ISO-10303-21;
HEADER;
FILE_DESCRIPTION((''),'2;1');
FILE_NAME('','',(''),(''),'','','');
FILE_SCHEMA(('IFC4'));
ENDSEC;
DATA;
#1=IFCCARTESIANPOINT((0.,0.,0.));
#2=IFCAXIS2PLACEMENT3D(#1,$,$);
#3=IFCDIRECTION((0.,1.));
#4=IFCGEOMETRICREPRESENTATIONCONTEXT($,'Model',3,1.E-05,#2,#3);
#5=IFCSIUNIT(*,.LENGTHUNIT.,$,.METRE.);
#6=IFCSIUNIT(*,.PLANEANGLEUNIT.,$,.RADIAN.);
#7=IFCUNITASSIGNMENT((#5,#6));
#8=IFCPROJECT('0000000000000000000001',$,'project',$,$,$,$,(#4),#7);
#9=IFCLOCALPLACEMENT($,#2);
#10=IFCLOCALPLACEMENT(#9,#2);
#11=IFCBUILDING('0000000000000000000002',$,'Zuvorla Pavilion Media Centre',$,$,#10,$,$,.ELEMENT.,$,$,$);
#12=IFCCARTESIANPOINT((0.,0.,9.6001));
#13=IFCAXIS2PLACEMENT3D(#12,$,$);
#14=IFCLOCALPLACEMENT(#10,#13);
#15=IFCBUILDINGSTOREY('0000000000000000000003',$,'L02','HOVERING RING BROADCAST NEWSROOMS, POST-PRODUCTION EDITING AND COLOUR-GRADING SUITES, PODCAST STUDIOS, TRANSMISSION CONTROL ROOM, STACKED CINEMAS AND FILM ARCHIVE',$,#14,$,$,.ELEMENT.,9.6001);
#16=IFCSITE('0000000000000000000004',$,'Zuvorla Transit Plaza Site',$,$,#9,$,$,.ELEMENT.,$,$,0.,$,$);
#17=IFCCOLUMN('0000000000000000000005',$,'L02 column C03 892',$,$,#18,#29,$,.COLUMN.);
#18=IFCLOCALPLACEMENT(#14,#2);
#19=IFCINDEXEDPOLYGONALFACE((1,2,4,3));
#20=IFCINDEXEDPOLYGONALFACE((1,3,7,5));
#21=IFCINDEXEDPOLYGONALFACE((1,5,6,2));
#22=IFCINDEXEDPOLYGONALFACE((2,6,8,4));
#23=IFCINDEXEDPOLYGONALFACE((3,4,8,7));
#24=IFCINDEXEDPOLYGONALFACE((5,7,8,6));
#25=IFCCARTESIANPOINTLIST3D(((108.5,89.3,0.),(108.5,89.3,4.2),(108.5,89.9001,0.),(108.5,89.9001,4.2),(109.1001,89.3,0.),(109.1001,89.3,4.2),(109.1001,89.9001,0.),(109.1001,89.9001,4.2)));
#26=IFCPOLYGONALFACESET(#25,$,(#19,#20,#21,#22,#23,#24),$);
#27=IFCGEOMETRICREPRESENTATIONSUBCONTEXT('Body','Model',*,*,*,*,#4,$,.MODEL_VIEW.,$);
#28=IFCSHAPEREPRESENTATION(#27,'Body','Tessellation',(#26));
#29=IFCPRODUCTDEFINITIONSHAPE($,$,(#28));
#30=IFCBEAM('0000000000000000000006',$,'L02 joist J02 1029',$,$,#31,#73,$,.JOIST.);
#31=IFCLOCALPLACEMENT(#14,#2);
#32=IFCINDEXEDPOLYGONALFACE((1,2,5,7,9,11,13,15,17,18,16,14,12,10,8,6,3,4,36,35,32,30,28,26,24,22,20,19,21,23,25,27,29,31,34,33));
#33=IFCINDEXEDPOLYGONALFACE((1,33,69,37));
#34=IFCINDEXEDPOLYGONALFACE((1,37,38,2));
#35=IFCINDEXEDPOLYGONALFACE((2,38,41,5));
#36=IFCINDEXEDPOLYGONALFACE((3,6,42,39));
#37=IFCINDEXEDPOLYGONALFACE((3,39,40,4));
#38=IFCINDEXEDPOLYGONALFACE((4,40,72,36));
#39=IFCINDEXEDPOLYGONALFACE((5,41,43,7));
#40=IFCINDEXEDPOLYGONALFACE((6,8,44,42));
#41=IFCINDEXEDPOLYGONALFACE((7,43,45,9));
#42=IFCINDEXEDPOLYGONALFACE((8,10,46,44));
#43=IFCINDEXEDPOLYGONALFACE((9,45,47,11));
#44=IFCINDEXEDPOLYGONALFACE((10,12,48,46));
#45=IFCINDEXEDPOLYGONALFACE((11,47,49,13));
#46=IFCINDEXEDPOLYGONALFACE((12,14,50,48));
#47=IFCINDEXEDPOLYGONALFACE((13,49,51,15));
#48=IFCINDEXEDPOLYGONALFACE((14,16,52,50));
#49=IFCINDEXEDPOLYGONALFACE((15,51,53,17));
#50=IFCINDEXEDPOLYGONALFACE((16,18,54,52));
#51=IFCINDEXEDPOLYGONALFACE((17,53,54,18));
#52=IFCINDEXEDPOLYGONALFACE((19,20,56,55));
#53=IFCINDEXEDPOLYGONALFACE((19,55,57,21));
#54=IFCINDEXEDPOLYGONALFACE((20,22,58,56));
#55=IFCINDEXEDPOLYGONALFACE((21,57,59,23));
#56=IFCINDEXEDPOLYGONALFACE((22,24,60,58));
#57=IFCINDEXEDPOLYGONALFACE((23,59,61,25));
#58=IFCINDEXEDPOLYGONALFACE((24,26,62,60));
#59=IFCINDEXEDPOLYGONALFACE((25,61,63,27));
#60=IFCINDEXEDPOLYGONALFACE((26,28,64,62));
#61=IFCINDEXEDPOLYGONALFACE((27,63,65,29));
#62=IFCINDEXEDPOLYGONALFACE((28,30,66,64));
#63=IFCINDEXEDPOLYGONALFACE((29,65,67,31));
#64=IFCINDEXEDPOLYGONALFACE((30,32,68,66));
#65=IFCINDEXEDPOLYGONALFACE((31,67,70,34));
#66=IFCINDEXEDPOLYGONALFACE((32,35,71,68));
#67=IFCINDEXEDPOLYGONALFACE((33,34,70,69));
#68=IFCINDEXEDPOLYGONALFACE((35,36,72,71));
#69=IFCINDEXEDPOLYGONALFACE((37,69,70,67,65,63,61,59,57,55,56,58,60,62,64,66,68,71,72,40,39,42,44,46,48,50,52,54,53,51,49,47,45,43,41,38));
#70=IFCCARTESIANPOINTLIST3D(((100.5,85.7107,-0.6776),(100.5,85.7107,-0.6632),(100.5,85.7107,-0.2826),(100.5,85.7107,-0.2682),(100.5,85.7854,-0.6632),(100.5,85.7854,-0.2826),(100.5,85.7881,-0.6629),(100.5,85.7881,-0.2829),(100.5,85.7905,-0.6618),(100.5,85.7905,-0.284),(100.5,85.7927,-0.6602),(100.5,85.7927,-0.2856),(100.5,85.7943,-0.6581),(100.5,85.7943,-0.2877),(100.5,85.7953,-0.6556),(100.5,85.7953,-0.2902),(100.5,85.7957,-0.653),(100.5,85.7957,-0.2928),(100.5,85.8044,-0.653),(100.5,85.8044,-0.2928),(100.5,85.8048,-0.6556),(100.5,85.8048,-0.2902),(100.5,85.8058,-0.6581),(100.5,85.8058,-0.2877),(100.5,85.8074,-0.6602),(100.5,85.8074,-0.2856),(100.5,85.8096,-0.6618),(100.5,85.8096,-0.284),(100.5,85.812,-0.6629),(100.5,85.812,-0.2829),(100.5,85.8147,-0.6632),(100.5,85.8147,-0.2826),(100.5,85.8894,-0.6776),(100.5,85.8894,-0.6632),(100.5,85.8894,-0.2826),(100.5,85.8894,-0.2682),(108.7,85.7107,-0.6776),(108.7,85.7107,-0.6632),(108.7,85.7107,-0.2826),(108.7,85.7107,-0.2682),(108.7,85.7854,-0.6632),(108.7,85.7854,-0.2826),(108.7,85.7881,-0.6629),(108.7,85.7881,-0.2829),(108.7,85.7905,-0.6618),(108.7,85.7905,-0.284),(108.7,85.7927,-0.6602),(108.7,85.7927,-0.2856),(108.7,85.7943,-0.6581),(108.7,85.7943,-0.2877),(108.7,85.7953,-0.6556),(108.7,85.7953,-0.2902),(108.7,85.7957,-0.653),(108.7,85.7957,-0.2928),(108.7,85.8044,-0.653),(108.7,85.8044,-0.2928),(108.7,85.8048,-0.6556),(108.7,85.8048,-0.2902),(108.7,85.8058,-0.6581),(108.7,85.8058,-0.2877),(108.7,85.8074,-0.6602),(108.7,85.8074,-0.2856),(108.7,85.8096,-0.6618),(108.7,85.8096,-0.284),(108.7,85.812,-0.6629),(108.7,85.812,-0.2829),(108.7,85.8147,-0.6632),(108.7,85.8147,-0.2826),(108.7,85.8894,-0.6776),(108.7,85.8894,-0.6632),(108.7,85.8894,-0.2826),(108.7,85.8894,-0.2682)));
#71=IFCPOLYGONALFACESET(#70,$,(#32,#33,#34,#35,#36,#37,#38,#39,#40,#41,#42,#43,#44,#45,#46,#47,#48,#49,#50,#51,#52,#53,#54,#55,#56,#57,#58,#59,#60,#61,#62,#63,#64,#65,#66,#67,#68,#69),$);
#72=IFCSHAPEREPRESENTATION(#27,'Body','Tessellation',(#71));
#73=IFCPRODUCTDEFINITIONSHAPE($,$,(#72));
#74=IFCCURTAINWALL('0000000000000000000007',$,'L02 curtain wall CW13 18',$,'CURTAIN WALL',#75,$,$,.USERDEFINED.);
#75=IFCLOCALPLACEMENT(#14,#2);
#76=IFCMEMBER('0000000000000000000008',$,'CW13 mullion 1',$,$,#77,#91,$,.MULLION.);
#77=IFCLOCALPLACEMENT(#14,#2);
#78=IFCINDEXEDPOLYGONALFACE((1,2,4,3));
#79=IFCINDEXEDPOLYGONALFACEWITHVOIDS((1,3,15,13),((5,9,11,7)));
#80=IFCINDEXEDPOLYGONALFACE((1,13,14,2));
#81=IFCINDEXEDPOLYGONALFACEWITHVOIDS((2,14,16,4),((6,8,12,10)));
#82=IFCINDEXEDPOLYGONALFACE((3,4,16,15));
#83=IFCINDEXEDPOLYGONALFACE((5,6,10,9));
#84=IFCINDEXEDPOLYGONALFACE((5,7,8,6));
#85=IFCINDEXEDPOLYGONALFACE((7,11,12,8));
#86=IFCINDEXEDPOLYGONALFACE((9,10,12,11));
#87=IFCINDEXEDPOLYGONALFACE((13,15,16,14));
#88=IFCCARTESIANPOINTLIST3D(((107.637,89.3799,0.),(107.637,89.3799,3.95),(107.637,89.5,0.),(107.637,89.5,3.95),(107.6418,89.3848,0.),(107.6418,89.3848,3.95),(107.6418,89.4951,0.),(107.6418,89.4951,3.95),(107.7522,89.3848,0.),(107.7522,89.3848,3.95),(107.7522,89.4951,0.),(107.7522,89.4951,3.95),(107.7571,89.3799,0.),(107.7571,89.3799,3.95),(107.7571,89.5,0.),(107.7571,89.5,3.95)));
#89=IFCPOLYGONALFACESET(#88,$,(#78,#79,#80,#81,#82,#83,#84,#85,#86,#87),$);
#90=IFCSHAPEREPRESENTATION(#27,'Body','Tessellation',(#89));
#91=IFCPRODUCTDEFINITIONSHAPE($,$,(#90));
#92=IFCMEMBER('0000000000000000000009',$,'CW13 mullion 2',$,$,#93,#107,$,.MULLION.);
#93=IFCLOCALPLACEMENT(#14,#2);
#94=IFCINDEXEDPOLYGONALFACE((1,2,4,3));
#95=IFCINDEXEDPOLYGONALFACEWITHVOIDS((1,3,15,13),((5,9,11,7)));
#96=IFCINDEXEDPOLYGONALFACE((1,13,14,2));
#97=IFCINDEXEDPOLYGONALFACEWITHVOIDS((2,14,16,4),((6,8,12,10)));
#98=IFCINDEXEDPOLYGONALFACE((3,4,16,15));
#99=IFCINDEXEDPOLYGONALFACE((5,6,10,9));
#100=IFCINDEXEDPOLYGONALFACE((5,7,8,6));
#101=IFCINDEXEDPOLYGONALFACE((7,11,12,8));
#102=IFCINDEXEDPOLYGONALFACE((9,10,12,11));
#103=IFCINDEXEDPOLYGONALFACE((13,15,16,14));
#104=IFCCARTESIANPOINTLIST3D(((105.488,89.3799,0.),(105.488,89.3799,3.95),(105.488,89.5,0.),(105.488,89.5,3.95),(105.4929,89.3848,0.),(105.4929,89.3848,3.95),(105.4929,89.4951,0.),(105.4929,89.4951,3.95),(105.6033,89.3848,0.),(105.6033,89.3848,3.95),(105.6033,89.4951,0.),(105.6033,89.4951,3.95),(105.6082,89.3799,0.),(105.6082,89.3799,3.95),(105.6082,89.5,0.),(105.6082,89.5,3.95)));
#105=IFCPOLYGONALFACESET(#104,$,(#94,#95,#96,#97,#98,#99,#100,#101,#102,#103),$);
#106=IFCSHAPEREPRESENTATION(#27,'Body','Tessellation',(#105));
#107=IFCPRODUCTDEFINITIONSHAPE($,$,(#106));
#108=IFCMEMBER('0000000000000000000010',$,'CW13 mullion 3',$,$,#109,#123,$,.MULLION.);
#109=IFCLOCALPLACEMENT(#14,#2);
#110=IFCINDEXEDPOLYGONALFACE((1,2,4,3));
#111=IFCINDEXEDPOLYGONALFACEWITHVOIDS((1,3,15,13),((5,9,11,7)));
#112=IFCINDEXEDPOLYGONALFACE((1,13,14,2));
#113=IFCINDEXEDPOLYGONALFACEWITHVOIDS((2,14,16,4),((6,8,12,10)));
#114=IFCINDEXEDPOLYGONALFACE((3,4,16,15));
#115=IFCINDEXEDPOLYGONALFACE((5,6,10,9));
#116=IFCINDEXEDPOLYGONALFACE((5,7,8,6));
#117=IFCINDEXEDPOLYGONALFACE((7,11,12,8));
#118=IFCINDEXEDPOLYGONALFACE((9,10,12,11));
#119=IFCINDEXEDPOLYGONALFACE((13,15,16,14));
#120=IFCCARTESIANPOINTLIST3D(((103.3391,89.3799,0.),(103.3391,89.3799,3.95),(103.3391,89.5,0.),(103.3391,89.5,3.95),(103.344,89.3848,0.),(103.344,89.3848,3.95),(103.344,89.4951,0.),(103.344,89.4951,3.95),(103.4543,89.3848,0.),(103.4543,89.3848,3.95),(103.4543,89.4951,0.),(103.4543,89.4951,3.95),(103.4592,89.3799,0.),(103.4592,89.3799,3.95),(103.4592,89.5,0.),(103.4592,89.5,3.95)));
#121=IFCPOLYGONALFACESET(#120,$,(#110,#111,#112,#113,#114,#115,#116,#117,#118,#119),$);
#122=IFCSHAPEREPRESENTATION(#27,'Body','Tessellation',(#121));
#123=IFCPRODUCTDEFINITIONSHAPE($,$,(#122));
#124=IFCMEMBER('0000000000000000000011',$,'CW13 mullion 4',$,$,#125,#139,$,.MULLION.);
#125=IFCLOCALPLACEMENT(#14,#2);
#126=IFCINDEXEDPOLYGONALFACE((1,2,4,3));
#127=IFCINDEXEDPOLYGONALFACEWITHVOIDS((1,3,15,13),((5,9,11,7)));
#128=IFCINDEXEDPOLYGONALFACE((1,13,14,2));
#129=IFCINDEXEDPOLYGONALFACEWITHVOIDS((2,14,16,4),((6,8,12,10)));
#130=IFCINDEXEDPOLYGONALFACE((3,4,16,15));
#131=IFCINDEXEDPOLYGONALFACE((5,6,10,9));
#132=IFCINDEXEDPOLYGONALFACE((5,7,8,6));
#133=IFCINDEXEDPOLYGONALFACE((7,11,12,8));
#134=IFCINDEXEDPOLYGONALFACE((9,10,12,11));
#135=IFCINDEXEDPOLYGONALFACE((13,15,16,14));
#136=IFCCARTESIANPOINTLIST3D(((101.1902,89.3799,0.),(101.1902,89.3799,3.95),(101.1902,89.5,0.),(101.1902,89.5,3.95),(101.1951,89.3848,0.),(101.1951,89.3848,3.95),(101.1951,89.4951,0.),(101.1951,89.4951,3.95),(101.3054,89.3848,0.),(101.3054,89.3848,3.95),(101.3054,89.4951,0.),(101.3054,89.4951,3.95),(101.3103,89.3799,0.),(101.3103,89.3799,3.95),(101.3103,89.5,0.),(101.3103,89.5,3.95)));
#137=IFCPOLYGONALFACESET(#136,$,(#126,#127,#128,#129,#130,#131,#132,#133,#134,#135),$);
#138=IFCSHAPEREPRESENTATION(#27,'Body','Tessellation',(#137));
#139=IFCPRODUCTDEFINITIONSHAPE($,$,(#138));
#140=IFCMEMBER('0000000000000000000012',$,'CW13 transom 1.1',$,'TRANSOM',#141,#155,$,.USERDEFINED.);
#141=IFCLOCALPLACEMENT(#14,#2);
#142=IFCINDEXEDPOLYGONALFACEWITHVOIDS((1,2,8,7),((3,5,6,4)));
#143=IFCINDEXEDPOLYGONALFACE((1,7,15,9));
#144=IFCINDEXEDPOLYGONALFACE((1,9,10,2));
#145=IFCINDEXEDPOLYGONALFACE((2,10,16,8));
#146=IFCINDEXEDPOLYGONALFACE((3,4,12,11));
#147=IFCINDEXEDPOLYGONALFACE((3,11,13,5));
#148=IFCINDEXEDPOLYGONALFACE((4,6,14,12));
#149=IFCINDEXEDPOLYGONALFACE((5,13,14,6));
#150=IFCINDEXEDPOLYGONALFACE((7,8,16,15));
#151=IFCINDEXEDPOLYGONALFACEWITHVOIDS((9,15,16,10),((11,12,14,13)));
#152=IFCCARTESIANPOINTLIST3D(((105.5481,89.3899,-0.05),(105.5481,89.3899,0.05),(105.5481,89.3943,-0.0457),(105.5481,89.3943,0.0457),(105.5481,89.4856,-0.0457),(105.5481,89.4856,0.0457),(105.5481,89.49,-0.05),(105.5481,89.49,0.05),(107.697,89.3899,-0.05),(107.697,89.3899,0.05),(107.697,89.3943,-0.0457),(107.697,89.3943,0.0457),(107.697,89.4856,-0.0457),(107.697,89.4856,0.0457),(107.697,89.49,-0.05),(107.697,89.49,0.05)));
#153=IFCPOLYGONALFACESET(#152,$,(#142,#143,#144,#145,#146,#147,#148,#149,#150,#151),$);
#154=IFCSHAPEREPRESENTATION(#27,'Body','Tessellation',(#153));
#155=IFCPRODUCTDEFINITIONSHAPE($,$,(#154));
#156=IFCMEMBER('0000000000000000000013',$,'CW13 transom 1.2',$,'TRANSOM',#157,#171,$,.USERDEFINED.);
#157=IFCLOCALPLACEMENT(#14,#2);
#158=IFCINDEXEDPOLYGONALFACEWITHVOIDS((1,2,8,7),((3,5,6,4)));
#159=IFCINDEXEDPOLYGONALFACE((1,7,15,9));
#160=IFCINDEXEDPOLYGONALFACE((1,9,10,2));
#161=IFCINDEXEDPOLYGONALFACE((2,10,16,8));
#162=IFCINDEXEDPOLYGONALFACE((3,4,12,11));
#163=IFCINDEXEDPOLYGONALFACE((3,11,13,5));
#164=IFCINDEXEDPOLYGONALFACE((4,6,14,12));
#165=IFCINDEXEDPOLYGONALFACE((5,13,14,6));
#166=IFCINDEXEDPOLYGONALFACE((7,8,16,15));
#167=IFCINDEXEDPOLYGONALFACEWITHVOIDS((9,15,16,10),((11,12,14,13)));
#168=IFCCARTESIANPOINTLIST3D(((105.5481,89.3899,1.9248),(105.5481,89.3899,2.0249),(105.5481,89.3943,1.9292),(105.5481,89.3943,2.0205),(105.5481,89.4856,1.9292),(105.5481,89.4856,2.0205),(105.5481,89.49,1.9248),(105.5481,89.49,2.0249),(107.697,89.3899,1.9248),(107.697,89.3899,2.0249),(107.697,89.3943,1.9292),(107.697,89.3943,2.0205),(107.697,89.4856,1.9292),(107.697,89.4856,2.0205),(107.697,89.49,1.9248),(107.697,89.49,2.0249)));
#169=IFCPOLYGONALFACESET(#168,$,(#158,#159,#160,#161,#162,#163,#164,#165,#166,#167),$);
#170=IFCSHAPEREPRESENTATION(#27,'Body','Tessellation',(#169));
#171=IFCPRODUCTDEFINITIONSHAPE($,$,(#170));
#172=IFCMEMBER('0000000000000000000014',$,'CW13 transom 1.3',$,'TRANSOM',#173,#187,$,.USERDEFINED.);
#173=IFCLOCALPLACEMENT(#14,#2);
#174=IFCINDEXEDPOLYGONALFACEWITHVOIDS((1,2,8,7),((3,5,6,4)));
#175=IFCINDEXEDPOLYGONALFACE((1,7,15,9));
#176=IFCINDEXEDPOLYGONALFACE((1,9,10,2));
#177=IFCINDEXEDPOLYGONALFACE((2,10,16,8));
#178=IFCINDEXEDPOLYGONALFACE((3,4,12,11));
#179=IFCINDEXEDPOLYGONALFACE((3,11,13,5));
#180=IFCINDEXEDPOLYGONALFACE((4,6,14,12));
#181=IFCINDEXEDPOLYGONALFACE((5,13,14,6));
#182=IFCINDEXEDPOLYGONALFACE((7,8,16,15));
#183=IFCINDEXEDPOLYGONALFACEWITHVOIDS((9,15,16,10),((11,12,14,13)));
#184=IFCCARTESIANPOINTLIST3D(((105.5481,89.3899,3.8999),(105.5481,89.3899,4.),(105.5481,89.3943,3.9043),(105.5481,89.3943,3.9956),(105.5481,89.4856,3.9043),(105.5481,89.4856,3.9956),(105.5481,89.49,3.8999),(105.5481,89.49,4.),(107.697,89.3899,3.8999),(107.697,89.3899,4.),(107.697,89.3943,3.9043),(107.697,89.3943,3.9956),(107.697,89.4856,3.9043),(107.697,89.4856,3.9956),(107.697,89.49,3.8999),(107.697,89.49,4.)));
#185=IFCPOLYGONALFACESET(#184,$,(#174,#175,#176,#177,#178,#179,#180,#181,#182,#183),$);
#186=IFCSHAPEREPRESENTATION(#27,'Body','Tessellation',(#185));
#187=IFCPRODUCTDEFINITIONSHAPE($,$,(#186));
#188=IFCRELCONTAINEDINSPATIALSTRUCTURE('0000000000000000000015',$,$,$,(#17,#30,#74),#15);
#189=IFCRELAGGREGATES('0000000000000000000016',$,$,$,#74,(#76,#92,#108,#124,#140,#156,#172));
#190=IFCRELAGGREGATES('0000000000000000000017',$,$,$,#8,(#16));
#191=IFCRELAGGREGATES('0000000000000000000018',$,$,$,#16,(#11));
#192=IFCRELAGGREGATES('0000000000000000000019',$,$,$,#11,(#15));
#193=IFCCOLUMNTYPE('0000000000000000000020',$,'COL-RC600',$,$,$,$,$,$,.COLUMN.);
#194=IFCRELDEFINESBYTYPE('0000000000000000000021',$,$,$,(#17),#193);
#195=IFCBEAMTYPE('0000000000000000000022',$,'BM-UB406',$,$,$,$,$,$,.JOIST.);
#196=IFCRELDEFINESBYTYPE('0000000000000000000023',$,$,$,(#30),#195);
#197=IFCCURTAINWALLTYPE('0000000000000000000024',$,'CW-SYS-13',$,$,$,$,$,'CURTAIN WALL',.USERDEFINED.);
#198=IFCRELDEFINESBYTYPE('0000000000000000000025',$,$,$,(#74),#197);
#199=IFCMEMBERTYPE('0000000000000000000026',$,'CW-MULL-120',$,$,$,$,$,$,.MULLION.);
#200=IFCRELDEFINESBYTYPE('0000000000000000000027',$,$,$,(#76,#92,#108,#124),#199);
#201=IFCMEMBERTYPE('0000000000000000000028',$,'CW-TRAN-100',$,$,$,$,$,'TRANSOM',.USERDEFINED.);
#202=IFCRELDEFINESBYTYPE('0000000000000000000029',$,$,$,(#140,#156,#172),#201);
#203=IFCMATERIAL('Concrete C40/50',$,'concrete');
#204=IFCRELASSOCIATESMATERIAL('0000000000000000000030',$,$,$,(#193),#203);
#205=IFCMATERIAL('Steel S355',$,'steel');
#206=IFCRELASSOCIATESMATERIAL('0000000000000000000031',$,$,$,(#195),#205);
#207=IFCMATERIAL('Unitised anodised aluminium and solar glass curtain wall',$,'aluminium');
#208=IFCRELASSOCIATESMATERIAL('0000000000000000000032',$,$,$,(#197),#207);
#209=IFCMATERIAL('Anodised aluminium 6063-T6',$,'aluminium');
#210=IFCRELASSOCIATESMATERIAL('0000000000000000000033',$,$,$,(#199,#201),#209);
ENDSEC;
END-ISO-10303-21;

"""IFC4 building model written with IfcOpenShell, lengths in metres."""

from ifc_helpers import new_model, si_unit, direction, frame, origin, origin_2d, place, context, subcontext, project, spatial, rectangle, hollow_rectangle, i_section, extrude, material, material_profile, profile_set, type_object, element, aggregate, save


model = new_model("IFC4")

# Units and contexts
model_context = context("Model", 3, precision=1e-05, world=origin(), true_north=direction((0.0, 1.0)))
body_context = subcontext(model_context, "Body", "Model", "MODEL_VIEW")
ifc_project = project(units=[si_unit("LENGTHUNIT", "METRE"), si_unit("PLANEANGLEUNIT", "RADIAN")], contexts=[model_context])

# Site, building, storey
site_placement = place(None, origin())
site = spatial("IfcSite", under=ifc_project, at=site_placement, Name="Zuvorla Transit Plaza Site", CompositionType="ELEMENT", RefElevation=0.0)
building_placement = place(site_placement, origin())
building = spatial("IfcBuilding", under=site, at=building_placement, Name="Zuvorla Pavilion Media Centre", CompositionType="ELEMENT")
storey_placement = place(building_placement, frame((0.0, 0.0, 9.6001)))
storey = spatial("IfcBuildingStorey", under=building, at=storey_placement, Name="L02", Description="HOVERING RING BROADCAST NEWSROOMS, POST-PRODUCTION EDITING AND COLOUR-GRADING SUITES, PODCAST STUDIOS, TRANSMISSION CONTROL ROOM, STACKED CINEMAS AND FILM ARCHIVE", CompositionType="ELEMENT", Elevation=9.6001)

# Column
ifc_material_1 = material(Name="Concrete C40/50", Category="concrete")
ifc_material_profile_1 = material_profile(ifc_material_1, rectangle(XDim=0.6001, YDim=0.6001, at=origin_2d()), Name="RC 600x600")
ifc_profile_set_1 = profile_set([ifc_material_profile_1], Name="Concrete C40/50")
column_type = type_object("IfcColumnType", Name="COL-RC600", PredefinedType="COLUMN", material=ifc_profile_set_1)
column_placement = place(storey_placement, frame((108.8, 89.6001, 0.0), z_axis=(0.0, 0.0, 1.0), x_axis=(1.0, 0.0, 0.0)))
element("IfcColumn", 1, at=column_placement, inside=storey, type_object=column_type, Name="L02 column C03 892", PredefinedType="COLUMN", context=body_context, shape_type="SweptSolid", body=[
    extrude(rectangle(XDim=0.6001, YDim=0.6001, at=origin_2d()), origin(), (0.0, 0.0, 1.0), 4.2),
])

# Beam
ifc_material_2 = material(Name="Steel S355", Category="steel")
ifc_material_profile_2 = material_profile(ifc_material_2, i_section(OverallWidth=0.1787, OverallDepth=0.4094, WebThickness=0.0088, FlangeThickness=0.0144, FilletRadius=0.0103, at=origin_2d()), Name="UB 406x178x67")
ifc_profile_set_2 = profile_set([ifc_material_profile_2], Name="Steel S355")
beam_type = type_object("IfcBeamType", Name="BM-UB406", PredefinedType="JOIST", material=ifc_profile_set_2)
beam_placement = place(storey_placement, frame((100.5, 85.8, -0.4729), z_axis=(1.0, 0.0, 0.0), x_axis=(0.0, 1.0, 0.0)))
element("IfcBeam", 2, at=beam_placement, inside=storey, type_object=beam_type, Name="L02 joist J02 1029", PredefinedType="JOIST", context=body_context, shape_type="SweptSolid", body=[
    extrude(i_section(OverallWidth=0.1787, OverallDepth=0.4094, WebThickness=0.0088, FlangeThickness=0.0144, FilletRadius=0.0103, at=origin_2d()), origin(), (0.0, 0.0, 1.0), 8.2),
])

# Curtain wall, members
ifc_material_3 = material(Name="Unitised anodised aluminium and solar glass curtain wall", Category="aluminium")
curtain_wall_type = type_object("IfcCurtainWallType", Name="CW-SYS-13", ElementType="CURTAIN WALL", PredefinedType="USERDEFINED", material=ifc_material_3)
curtain_wall_placement = place(storey_placement, origin())
curtain_wall = element("IfcCurtainWall", 3, at=curtain_wall_placement, inside=storey, type_object=curtain_wall_type, Name="L02 curtain wall CW13 18", ObjectType="CURTAIN WALL", PredefinedType="USERDEFINED")
ifc_material_4 = material(Name="Anodised aluminium 6063-T6", Category="aluminium")
ifc_material_profile_3 = material_profile(ifc_material_4, hollow_rectangle(XDim=0.1201, YDim=0.1201, WallThickness=0.0049, at=origin_2d()), Name="ALU MULL 120x120")
ifc_profile_set_3 = profile_set([ifc_material_profile_3], Name="Anodised aluminium 6063-T6")
member_type_1 = type_object("IfcMemberType", Name="CW-MULL-120", PredefinedType="MULLION", material=ifc_profile_set_3)
member_1_placement = place(storey_placement, frame((107.697, 89.4399, 0.0), z_axis=(0.0, 0.0, 1.0), x_axis=(1.0, 0.0, 0.0)))
member_1 = element("IfcMember", 4, at=member_1_placement, type_object=member_type_1, Name="CW13 mullion 1", PredefinedType="MULLION", context=body_context, shape_type="SweptSolid", body=[
    extrude(hollow_rectangle(XDim=0.1201, YDim=0.1201, WallThickness=0.0049, at=origin_2d()), origin(), (0.0, 0.0, 1.0), 3.95),
])
member_2_placement = place(storey_placement, frame((105.5481, 89.4399, 0.0), z_axis=(0.0, 0.0, 1.0), x_axis=(1.0, 0.0, 0.0)))
member_2 = element("IfcMember", 5, at=member_2_placement, type_object=member_type_1, Name="CW13 mullion 2", PredefinedType="MULLION", context=body_context, shape_type="SweptSolid", body=[
    extrude(hollow_rectangle(XDim=0.1201, YDim=0.1201, WallThickness=0.0049, at=origin_2d()), origin(), (0.0, 0.0, 1.0), 3.95),
])
member_3_placement = place(storey_placement, frame((103.3992, 89.4399, 0.0), z_axis=(0.0, 0.0, 1.0), x_axis=(1.0, 0.0, 0.0)))
member_3 = element("IfcMember", 6, at=member_3_placement, type_object=member_type_1, Name="CW13 mullion 3", PredefinedType="MULLION", context=body_context, shape_type="SweptSolid", body=[
    extrude(hollow_rectangle(XDim=0.1201, YDim=0.1201, WallThickness=0.0049, at=origin_2d()), origin(), (0.0, 0.0, 1.0), 3.95),
])
member_4_placement = place(storey_placement, frame((101.2502, 89.4399, 0.0), z_axis=(0.0, 0.0, 1.0), x_axis=(1.0, 0.0, 0.0)))
member_4 = element("IfcMember", 7, at=member_4_placement, type_object=member_type_1, Name="CW13 mullion 4", PredefinedType="MULLION", context=body_context, shape_type="SweptSolid", body=[
    extrude(hollow_rectangle(XDim=0.1201, YDim=0.1201, WallThickness=0.0049, at=origin_2d()), origin(), (0.0, 0.0, 1.0), 3.95),
])
ifc_material_profile_4 = material_profile(ifc_material_4, hollow_rectangle(XDim=0.1001, YDim=0.1001, WallThickness=0.0044, at=origin_2d()), Name="ALU TRAN 100x100")
ifc_profile_set_4 = profile_set([ifc_material_profile_4], Name="Anodised aluminium 6063-T6")
member_type_2 = type_object("IfcMemberType", Name="CW-TRAN-100", ElementType="TRANSOM", PredefinedType="USERDEFINED", material=ifc_profile_set_4)
member_5_placement = place(storey_placement, frame((107.697, 89.4399, 0.0), z_axis=(-1.0, 0.0, 0.0), x_axis=(0.0, -1.0, 0.0)))
member_5 = element("IfcMember", 8, at=member_5_placement, type_object=member_type_2, Name="CW13 transom 1.1", ObjectType="TRANSOM", PredefinedType="USERDEFINED", context=body_context, shape_type="SweptSolid", body=[
    extrude(hollow_rectangle(XDim=0.1001, YDim=0.1001, WallThickness=0.0044, at=origin_2d()), origin(), (0.0, 0.0, 1.0), 2.1489),
])
member_6_placement = place(storey_placement, frame((107.697, 89.4399, 1.9749), z_axis=(-1.0, 0.0, 0.0), x_axis=(0.0, -1.0, 0.0)))
member_6 = element("IfcMember", 9, at=member_6_placement, type_object=member_type_2, Name="CW13 transom 1.2", ObjectType="TRANSOM", PredefinedType="USERDEFINED", context=body_context, shape_type="SweptSolid", body=[
    extrude(hollow_rectangle(XDim=0.1001, YDim=0.1001, WallThickness=0.0044, at=origin_2d()), origin(), (0.0, 0.0, 1.0), 2.1489),
])
member_7_placement = place(storey_placement, frame((107.697, 89.4399, 3.95), z_axis=(-1.0, 0.0, 0.0), x_axis=(0.0, -1.0, 0.0)))
member_7 = element("IfcMember", 10, at=member_7_placement, type_object=member_type_2, Name="CW13 transom 1.3", ObjectType="TRANSOM", PredefinedType="USERDEFINED", context=body_context, shape_type="SweptSolid", body=[
    extrude(hollow_rectangle(XDim=0.1001, YDim=0.1001, WallThickness=0.0044, at=origin_2d()), origin(), (0.0, 0.0, 1.0), 2.1489),
])

aggregate(curtain_wall, [member_1, member_2, member_3, member_4, member_5, member_6, member_7])

save(model, "model.ifc")
